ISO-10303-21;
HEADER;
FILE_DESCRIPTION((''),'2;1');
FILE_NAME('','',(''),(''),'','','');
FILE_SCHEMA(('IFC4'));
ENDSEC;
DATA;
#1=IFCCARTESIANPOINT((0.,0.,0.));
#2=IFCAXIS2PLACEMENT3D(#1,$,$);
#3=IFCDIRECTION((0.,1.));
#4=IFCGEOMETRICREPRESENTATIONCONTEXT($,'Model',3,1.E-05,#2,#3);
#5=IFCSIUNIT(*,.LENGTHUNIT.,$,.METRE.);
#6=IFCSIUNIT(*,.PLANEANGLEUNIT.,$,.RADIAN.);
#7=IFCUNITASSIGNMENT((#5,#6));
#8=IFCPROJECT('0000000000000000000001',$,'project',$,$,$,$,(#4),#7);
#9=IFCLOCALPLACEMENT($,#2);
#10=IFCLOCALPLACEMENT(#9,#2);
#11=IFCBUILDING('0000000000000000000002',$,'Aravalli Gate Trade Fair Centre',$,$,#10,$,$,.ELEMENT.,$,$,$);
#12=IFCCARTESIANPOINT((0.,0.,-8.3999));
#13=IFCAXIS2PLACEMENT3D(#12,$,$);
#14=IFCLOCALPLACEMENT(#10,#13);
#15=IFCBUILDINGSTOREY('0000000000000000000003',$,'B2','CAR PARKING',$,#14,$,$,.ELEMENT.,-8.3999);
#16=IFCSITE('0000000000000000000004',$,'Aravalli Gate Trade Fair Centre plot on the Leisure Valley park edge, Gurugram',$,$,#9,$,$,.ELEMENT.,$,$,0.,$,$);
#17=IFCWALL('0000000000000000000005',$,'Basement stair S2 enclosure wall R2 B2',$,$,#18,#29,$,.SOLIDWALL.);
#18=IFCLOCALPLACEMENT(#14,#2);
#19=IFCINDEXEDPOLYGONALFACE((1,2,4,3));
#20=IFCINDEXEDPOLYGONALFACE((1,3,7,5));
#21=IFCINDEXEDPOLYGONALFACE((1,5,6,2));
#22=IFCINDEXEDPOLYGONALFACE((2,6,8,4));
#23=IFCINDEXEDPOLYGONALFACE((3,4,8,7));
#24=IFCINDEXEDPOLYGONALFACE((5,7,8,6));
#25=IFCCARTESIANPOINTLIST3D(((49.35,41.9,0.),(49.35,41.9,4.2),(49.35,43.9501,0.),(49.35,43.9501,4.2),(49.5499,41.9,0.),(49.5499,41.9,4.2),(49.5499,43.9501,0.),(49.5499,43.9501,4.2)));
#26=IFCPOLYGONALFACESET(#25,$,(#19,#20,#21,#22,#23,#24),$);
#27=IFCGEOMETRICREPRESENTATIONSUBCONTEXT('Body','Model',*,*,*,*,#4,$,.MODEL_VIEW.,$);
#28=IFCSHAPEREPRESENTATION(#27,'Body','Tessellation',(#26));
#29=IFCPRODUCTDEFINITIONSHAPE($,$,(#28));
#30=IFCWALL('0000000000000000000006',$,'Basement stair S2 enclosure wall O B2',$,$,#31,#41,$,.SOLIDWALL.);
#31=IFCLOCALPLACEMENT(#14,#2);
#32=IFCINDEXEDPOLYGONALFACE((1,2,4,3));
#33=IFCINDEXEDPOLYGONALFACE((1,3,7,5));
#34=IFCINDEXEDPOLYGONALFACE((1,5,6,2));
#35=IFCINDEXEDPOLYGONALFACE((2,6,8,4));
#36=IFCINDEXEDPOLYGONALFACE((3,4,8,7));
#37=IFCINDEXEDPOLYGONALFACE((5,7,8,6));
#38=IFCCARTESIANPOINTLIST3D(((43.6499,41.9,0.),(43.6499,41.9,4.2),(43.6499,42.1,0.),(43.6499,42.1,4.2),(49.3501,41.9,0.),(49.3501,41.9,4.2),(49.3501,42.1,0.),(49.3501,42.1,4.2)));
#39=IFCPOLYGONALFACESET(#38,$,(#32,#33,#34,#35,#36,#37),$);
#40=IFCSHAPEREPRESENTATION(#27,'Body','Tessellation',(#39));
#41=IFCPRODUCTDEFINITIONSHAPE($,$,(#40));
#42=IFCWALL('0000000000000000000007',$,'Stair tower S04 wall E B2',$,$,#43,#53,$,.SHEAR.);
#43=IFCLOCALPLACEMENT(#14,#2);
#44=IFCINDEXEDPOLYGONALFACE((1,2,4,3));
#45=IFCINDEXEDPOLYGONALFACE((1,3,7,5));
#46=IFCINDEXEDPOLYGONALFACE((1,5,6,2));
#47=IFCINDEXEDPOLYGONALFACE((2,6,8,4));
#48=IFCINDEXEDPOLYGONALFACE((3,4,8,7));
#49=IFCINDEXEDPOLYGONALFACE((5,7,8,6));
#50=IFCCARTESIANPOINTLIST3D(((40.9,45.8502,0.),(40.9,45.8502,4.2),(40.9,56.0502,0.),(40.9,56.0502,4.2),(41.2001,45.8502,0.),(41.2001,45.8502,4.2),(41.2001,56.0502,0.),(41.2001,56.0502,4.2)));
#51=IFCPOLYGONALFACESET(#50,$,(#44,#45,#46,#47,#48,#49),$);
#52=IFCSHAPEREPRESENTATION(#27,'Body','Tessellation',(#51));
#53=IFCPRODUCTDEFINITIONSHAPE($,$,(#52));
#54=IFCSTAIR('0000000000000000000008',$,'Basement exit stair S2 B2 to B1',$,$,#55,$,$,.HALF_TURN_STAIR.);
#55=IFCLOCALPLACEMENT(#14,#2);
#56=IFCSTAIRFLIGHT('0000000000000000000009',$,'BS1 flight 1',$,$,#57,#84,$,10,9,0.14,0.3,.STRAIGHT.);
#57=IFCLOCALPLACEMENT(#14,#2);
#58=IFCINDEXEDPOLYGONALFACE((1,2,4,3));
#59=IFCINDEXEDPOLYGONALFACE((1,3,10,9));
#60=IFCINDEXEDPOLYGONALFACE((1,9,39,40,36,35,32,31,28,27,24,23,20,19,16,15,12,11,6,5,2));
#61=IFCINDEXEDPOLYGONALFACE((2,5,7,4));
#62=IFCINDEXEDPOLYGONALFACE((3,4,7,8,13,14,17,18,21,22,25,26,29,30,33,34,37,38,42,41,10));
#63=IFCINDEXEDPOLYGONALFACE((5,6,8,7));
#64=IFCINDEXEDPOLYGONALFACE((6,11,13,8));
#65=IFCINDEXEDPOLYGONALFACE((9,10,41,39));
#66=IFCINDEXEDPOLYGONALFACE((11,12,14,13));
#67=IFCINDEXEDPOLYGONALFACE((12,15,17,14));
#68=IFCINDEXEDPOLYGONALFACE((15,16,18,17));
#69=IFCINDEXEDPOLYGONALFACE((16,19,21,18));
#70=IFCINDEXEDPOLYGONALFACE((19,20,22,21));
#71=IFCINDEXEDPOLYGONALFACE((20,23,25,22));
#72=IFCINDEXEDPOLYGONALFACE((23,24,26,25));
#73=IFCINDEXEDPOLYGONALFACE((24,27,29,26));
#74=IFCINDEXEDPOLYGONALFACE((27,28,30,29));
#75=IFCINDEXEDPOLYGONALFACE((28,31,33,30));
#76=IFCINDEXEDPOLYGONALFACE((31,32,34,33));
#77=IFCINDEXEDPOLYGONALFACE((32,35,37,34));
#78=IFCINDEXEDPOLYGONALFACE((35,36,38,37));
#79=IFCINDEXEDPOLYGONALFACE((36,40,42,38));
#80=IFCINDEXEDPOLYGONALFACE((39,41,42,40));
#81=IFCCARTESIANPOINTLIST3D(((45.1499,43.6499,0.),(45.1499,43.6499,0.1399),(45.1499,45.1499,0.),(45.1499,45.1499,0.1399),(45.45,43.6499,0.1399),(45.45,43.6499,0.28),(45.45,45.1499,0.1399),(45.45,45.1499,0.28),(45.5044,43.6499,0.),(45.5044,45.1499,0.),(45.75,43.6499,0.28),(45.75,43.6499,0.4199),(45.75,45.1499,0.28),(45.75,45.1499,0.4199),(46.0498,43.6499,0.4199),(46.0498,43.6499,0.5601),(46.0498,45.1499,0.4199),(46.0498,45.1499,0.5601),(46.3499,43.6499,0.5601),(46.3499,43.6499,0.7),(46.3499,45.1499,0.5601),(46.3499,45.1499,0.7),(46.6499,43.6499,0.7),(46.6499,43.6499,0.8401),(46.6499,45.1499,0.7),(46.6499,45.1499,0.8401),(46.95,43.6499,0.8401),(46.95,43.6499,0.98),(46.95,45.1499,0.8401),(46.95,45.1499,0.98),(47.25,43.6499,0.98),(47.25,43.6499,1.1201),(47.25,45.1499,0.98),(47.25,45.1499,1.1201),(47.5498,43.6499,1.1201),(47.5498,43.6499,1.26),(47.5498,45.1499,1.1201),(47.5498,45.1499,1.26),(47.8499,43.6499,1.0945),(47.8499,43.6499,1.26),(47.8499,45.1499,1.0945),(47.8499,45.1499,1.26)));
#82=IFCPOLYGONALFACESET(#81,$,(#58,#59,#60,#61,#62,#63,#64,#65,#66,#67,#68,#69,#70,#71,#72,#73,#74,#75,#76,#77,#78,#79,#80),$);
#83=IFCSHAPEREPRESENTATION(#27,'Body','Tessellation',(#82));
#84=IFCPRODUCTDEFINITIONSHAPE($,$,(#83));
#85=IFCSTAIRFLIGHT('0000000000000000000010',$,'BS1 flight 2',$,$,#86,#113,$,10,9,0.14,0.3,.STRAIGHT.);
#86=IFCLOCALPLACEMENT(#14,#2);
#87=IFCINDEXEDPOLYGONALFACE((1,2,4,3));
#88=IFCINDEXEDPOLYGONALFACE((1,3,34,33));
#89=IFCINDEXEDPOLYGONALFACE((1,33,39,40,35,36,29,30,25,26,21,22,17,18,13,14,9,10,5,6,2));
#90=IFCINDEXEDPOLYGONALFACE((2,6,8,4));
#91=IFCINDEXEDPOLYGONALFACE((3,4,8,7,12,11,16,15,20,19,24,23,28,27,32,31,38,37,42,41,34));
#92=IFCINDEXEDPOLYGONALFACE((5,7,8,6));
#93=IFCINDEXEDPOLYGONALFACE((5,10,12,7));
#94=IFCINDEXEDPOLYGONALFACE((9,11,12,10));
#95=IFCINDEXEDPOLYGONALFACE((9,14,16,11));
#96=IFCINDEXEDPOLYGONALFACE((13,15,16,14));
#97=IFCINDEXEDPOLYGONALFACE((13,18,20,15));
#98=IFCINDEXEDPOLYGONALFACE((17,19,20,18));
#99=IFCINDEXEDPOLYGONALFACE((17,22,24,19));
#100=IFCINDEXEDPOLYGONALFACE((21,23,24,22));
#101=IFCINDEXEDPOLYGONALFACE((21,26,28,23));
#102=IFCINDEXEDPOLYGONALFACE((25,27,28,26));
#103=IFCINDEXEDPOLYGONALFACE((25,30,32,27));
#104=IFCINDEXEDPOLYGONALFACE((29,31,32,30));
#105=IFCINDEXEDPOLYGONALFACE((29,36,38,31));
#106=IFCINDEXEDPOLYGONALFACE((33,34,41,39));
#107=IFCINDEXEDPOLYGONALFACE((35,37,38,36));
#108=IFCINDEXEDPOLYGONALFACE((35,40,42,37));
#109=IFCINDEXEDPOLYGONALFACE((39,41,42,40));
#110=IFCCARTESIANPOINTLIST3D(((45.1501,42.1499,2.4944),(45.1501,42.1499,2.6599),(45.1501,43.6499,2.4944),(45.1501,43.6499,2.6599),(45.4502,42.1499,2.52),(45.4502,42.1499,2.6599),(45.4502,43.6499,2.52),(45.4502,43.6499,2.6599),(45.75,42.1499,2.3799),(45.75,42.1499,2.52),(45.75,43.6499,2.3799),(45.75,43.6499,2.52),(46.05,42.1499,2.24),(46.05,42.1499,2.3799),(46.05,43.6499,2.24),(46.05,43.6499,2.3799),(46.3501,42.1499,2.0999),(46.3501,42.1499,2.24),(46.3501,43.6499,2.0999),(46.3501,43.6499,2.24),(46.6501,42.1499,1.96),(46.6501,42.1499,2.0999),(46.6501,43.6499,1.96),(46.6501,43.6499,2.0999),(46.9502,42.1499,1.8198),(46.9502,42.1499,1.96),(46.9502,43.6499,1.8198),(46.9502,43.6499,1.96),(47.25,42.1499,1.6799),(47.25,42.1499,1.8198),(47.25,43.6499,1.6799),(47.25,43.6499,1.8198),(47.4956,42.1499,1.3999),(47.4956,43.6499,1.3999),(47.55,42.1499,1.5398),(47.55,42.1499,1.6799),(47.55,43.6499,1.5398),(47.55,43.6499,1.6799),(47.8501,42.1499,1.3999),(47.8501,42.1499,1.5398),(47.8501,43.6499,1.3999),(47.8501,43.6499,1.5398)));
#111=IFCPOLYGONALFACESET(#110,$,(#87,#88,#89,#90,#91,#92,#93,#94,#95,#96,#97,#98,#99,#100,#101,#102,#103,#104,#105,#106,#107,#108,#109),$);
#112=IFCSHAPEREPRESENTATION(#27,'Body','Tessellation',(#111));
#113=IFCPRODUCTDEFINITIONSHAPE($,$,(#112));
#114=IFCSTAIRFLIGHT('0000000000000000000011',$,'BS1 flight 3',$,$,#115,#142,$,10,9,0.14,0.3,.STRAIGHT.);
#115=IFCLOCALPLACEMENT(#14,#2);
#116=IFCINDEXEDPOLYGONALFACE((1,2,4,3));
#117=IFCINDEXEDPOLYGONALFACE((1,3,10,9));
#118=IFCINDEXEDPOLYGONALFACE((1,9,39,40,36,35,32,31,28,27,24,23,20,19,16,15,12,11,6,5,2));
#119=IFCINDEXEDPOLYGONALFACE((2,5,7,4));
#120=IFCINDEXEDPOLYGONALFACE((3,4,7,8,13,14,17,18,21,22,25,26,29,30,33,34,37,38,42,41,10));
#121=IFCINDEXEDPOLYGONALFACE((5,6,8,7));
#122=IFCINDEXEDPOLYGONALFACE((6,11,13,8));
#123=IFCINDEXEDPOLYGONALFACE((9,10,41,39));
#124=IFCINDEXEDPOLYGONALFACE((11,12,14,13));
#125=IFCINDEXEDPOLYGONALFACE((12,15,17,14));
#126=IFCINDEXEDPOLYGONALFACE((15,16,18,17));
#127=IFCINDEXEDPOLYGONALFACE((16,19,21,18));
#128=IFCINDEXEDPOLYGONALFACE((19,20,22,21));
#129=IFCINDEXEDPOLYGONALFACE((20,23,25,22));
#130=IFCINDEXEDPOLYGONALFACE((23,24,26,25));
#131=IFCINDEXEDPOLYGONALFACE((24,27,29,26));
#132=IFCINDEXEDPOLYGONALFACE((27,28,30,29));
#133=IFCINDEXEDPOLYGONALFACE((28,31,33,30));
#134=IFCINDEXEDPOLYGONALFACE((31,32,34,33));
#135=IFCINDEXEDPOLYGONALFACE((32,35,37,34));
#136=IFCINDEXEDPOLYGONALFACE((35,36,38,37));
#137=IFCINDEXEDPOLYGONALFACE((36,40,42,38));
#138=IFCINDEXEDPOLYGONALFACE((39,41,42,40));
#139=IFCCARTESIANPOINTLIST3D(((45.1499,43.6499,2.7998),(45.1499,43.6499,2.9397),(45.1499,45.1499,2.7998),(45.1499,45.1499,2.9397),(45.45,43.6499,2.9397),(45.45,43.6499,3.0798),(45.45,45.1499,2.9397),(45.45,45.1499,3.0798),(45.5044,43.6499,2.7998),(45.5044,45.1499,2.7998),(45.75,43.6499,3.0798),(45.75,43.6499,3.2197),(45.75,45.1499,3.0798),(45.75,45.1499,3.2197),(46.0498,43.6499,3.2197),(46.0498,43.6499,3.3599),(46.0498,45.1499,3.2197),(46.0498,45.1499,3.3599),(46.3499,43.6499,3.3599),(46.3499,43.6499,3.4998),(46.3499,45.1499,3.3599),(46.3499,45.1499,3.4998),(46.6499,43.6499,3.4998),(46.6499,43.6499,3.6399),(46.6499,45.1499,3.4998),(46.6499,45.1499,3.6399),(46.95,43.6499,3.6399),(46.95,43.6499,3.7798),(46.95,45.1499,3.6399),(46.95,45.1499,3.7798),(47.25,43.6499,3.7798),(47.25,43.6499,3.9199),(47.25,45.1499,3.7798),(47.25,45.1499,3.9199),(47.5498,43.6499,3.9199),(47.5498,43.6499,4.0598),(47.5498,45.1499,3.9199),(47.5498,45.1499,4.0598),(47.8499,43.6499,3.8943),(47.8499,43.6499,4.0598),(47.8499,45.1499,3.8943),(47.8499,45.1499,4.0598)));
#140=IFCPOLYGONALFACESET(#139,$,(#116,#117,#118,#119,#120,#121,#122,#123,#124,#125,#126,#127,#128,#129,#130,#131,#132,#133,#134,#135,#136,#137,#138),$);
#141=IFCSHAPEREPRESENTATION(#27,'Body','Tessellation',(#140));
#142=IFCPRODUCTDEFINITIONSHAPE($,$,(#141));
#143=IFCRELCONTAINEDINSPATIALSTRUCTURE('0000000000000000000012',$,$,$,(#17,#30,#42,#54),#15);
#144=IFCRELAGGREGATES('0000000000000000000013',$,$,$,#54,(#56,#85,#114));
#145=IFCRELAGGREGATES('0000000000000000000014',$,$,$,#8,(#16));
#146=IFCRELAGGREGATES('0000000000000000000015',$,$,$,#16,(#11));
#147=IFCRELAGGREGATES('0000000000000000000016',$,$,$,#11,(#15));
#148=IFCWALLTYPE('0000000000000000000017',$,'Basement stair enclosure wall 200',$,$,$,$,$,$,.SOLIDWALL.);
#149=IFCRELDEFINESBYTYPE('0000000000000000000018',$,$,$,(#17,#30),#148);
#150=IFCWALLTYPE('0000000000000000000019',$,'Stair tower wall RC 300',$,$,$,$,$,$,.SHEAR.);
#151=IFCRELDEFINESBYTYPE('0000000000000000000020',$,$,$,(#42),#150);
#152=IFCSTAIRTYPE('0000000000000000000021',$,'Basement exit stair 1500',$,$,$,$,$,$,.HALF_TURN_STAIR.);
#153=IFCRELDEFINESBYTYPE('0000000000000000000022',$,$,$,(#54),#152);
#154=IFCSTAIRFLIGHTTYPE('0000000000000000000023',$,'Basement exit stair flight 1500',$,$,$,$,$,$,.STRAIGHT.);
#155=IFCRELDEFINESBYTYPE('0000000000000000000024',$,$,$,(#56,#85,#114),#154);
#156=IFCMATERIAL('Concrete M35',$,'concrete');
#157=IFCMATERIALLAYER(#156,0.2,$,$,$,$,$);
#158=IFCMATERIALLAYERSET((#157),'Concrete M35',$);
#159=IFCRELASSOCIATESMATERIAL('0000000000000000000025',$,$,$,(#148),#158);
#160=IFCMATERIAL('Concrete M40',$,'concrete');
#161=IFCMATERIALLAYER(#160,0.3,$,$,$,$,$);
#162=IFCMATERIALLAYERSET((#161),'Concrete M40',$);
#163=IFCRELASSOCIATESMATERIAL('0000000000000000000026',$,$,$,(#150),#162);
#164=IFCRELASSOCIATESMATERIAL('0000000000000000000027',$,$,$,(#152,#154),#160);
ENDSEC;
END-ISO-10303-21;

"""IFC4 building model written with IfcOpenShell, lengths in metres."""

from ifc_helpers import new_model, si_unit, direction, frame, frame_2d, origin, place, context, subcontext, project, spatial, polyline, rectangle, outline, extrude, material, layer, layer_set, type_object, element, aggregate, save


model = new_model("IFC4")

# Units and contexts
model_context = context("Model", 3, precision=1e-05, world=origin(), true_north=direction((0.0, 1.0)))
body_context = subcontext(model_context, "Body", "Model", "MODEL_VIEW")
ifc_project = project(units=[si_unit("LENGTHUNIT", "METRE"), si_unit("PLANEANGLEUNIT", "RADIAN")], contexts=[model_context])

# Site, building, storey
site_placement = place(None, origin())
site = spatial("IfcSite", under=ifc_project, at=site_placement, Name="Aravalli Gate Trade Fair Centre plot on the Leisure Valley park edge, Gurugram", CompositionType="ELEMENT", RefElevation=0.0)
building_placement = place(site_placement, origin())
building = spatial("IfcBuilding", under=site, at=building_placement, Name="Aravalli Gate Trade Fair Centre", CompositionType="ELEMENT")
storey_placement = place(building_placement, frame((0.0, 0.0, -8.3999)))
storey = spatial("IfcBuildingStorey", under=building, at=storey_placement, Name="B2", Description="CAR PARKING", CompositionType="ELEMENT", Elevation=-8.3999)

# Shared definitions
ifc_material_1 = material(Name="Concrete M35", Category="concrete")

# Shared definitions
ifc_material_2 = material(Name="Concrete M40", Category="concrete")

# Walls
ifc_layer_1 = layer(ifc_material_1, 0.2)
ifc_layer_set_1 = layer_set([ifc_layer_1], Name="Concrete M35")
wall_type_1 = type_object("IfcWallType", Name="Basement stair enclosure wall 200", PredefinedType="SOLIDWALL", material=ifc_layer_set_1)
for number, where, z_axis, x_axis, name in (
    (1, (49.45, 43.95, 0.0), (0.0, 0.0, 1.0), (0.0, -1.0, 0.0), "Basement stair S2 enclosure wall R2 B2"),
):
    element("IfcWall", number, at=place(storey_placement, frame(where, z_axis=z_axis, x_axis=x_axis)), inside=storey, type_object=wall_type_1, Name=name, PredefinedType="SOLIDWALL", context=body_context, shape_type="SweptSolid", body=[
        extrude(rectangle(XDim=2.05, YDim=0.2, at=frame_2d((1.0249, 0.0))), origin(), (0.0, 0.0, 1.0), 4.2),
    ])
wall_1_placement = place(storey_placement, frame((43.6499, 42.0, 0.0), z_axis=(0.0, 0.0, 1.0), x_axis=(1.0, 0.0, 0.0)))
element("IfcWall", 2, at=wall_1_placement, inside=storey, type_object=wall_type_1, Name="Basement stair S2 enclosure wall O B2", PredefinedType="SOLIDWALL", context=body_context, shape_type="SweptSolid", body=[
    extrude(rectangle(XDim=5.7002, YDim=0.2, at=frame_2d((2.8501, 0.0))), origin(), (0.0, 0.0, 1.0), 4.2),
])
ifc_layer_2 = layer(ifc_material_2, 0.3)
ifc_layer_set_2 = layer_set([ifc_layer_2], Name="Concrete M40")
wall_type_2 = type_object("IfcWallType", Name="Stair tower wall RC 300", PredefinedType="SHEAR", material=ifc_layer_set_2)
wall_2_placement = place(storey_placement, frame((41.05, 45.8501, 0.0), z_axis=(0.0, 0.0, 1.0), x_axis=(0.0, 1.0, 0.0)))
element("IfcWall", 3, at=wall_2_placement, inside=storey, type_object=wall_type_2, Name="Stair tower S04 wall E B2", PredefinedType="SHEAR", context=body_context, shape_type="SweptSolid", body=[
    extrude(rectangle(XDim=10.2, YDim=0.3, at=frame_2d((5.1001, 0.0))), origin(), (0.0, 0.0, 1.0), 4.2),
])

# Stair, stair flights
stair_type = type_object("IfcStairType", Name="Basement exit stair 1500", PredefinedType="HALF_TURN_STAIR", material=ifc_material_2)
stair_placement = place(storey_placement, origin())
stair = element("IfcStair", 4, at=stair_placement, inside=storey, type_object=stair_type, Name="Basement exit stair S2 B2 to B1", PredefinedType="HALF_TURN_STAIR")
stair_flight_type = type_object("IfcStairFlightType", Name="Basement exit stair flight 1500", PredefinedType="STRAIGHT", material=ifc_material_2)
stair_flight_1_placement = place(storey_placement, frame((45.1499, 44.3999, 0.0), z_axis=(0.0, 0.0, 1.0), x_axis=(1.0, 0.0, 0.0)))
stair_flight_1 = element("IfcStairFlight", 5, at=stair_flight_1_placement, type_object=stair_flight_type, Name="BS1 flight 1", NumberOfRisers=10, NumberOfTreads=9, PredefinedType="STRAIGHT", RiserHeight=0.14, TreadLength=0.3, context=body_context, shape_type="SweptSolid", body=[
    extrude(outline(polyline([(0.0, 0.0), (0.0, 0.1399), (0.3, 0.1399), (0.3, 0.28), (0.6001, 0.28), (0.6001, 0.4199), (0.8999, 0.4199), (0.8999, 0.5601), (1.2, 0.5601), (1.2, 0.7), (1.5, 0.7), (1.5, 0.8401), (1.8, 0.8401), (1.8, 0.98), (2.1001, 0.98), (2.1001, 1.1201), (2.3999, 1.1201), (2.3999, 1.26), (2.7, 1.26), (2.7, 1.3999), (2.7, 1.0945), (0.3545, 0.0), (0.0, 0.0)])), frame((0.0, 0.75, 0.0), z_axis=(0.0, -1.0, 0.0), x_axis=(1.0, 0.0, 0.0)), (0.0, 0.0, 1.0), 1.5),
])
stair_flight_2_placement = place(storey_placement, frame((47.8501, 42.8999, 1.3999), z_axis=(0.0, 0.0, 1.0), x_axis=(-1.0, 0.0, 0.0)))
stair_flight_2 = element("IfcStairFlight", 6, at=stair_flight_2_placement, type_object=stair_flight_type, Name="BS1 flight 2", NumberOfRisers=10, NumberOfTreads=9, PredefinedType="STRAIGHT", RiserHeight=0.14, TreadLength=0.3, context=body_context, shape_type="SweptSolid", body=[
    extrude(outline(polyline([(0.0, 0.0), (0.0, 0.1399), (0.3, 0.1399), (0.3, 0.28), (0.6001, 0.28), (0.6001, 0.4199), (0.8999, 0.4199), (0.8999, 0.5601), (1.2, 0.5601), (1.2, 0.7), (1.5, 0.7), (1.5, 0.8401), (1.8, 0.8401), (1.8, 0.98), (2.1001, 0.98), (2.1001, 1.1201), (2.3999, 1.1201), (2.3999, 1.26), (2.7, 1.26), (2.7, 1.3999), (2.7, 1.0945), (0.3545, 0.0), (0.0, 0.0)])), frame((0.0, 0.75, 0.0), z_axis=(0.0, -1.0, 0.0), x_axis=(1.0, 0.0, 0.0)), (0.0, 0.0, 1.0), 1.5),
])
stair_flight_3_placement = place(storey_placement, frame((45.1499, 44.3999, 2.7998), z_axis=(0.0, 0.0, 1.0), x_axis=(1.0, 0.0, 0.0)))
stair_flight_3 = element("IfcStairFlight", 7, at=stair_flight_3_placement, type_object=stair_flight_type, Name="BS1 flight 3", NumberOfRisers=10, NumberOfTreads=9, PredefinedType="STRAIGHT", RiserHeight=0.14, TreadLength=0.3, context=body_context, shape_type="SweptSolid", body=[
    extrude(outline(polyline([(0.0, 0.0), (0.0, 0.1399), (0.3, 0.1399), (0.3, 0.28), (0.6001, 0.28), (0.6001, 0.4199), (0.8999, 0.4199), (0.8999, 0.5601), (1.2, 0.5601), (1.2, 0.7), (1.5, 0.7), (1.5, 0.8401), (1.8, 0.8401), (1.8, 0.98), (2.1001, 0.98), (2.1001, 1.1201), (2.3999, 1.1201), (2.3999, 1.26), (2.7, 1.26), (2.7, 1.3999), (2.7, 1.0945), (0.3545, 0.0), (0.0, 0.0)])), frame((0.0, 0.75, 0.0), z_axis=(0.0, -1.0, 0.0), x_axis=(1.0, 0.0, 0.0)), (0.0, 0.0, 1.0), 1.5),
])
aggregate(stair, [stair_flight_1, stair_flight_2, stair_flight_3])

save(model, "model.ifc")
